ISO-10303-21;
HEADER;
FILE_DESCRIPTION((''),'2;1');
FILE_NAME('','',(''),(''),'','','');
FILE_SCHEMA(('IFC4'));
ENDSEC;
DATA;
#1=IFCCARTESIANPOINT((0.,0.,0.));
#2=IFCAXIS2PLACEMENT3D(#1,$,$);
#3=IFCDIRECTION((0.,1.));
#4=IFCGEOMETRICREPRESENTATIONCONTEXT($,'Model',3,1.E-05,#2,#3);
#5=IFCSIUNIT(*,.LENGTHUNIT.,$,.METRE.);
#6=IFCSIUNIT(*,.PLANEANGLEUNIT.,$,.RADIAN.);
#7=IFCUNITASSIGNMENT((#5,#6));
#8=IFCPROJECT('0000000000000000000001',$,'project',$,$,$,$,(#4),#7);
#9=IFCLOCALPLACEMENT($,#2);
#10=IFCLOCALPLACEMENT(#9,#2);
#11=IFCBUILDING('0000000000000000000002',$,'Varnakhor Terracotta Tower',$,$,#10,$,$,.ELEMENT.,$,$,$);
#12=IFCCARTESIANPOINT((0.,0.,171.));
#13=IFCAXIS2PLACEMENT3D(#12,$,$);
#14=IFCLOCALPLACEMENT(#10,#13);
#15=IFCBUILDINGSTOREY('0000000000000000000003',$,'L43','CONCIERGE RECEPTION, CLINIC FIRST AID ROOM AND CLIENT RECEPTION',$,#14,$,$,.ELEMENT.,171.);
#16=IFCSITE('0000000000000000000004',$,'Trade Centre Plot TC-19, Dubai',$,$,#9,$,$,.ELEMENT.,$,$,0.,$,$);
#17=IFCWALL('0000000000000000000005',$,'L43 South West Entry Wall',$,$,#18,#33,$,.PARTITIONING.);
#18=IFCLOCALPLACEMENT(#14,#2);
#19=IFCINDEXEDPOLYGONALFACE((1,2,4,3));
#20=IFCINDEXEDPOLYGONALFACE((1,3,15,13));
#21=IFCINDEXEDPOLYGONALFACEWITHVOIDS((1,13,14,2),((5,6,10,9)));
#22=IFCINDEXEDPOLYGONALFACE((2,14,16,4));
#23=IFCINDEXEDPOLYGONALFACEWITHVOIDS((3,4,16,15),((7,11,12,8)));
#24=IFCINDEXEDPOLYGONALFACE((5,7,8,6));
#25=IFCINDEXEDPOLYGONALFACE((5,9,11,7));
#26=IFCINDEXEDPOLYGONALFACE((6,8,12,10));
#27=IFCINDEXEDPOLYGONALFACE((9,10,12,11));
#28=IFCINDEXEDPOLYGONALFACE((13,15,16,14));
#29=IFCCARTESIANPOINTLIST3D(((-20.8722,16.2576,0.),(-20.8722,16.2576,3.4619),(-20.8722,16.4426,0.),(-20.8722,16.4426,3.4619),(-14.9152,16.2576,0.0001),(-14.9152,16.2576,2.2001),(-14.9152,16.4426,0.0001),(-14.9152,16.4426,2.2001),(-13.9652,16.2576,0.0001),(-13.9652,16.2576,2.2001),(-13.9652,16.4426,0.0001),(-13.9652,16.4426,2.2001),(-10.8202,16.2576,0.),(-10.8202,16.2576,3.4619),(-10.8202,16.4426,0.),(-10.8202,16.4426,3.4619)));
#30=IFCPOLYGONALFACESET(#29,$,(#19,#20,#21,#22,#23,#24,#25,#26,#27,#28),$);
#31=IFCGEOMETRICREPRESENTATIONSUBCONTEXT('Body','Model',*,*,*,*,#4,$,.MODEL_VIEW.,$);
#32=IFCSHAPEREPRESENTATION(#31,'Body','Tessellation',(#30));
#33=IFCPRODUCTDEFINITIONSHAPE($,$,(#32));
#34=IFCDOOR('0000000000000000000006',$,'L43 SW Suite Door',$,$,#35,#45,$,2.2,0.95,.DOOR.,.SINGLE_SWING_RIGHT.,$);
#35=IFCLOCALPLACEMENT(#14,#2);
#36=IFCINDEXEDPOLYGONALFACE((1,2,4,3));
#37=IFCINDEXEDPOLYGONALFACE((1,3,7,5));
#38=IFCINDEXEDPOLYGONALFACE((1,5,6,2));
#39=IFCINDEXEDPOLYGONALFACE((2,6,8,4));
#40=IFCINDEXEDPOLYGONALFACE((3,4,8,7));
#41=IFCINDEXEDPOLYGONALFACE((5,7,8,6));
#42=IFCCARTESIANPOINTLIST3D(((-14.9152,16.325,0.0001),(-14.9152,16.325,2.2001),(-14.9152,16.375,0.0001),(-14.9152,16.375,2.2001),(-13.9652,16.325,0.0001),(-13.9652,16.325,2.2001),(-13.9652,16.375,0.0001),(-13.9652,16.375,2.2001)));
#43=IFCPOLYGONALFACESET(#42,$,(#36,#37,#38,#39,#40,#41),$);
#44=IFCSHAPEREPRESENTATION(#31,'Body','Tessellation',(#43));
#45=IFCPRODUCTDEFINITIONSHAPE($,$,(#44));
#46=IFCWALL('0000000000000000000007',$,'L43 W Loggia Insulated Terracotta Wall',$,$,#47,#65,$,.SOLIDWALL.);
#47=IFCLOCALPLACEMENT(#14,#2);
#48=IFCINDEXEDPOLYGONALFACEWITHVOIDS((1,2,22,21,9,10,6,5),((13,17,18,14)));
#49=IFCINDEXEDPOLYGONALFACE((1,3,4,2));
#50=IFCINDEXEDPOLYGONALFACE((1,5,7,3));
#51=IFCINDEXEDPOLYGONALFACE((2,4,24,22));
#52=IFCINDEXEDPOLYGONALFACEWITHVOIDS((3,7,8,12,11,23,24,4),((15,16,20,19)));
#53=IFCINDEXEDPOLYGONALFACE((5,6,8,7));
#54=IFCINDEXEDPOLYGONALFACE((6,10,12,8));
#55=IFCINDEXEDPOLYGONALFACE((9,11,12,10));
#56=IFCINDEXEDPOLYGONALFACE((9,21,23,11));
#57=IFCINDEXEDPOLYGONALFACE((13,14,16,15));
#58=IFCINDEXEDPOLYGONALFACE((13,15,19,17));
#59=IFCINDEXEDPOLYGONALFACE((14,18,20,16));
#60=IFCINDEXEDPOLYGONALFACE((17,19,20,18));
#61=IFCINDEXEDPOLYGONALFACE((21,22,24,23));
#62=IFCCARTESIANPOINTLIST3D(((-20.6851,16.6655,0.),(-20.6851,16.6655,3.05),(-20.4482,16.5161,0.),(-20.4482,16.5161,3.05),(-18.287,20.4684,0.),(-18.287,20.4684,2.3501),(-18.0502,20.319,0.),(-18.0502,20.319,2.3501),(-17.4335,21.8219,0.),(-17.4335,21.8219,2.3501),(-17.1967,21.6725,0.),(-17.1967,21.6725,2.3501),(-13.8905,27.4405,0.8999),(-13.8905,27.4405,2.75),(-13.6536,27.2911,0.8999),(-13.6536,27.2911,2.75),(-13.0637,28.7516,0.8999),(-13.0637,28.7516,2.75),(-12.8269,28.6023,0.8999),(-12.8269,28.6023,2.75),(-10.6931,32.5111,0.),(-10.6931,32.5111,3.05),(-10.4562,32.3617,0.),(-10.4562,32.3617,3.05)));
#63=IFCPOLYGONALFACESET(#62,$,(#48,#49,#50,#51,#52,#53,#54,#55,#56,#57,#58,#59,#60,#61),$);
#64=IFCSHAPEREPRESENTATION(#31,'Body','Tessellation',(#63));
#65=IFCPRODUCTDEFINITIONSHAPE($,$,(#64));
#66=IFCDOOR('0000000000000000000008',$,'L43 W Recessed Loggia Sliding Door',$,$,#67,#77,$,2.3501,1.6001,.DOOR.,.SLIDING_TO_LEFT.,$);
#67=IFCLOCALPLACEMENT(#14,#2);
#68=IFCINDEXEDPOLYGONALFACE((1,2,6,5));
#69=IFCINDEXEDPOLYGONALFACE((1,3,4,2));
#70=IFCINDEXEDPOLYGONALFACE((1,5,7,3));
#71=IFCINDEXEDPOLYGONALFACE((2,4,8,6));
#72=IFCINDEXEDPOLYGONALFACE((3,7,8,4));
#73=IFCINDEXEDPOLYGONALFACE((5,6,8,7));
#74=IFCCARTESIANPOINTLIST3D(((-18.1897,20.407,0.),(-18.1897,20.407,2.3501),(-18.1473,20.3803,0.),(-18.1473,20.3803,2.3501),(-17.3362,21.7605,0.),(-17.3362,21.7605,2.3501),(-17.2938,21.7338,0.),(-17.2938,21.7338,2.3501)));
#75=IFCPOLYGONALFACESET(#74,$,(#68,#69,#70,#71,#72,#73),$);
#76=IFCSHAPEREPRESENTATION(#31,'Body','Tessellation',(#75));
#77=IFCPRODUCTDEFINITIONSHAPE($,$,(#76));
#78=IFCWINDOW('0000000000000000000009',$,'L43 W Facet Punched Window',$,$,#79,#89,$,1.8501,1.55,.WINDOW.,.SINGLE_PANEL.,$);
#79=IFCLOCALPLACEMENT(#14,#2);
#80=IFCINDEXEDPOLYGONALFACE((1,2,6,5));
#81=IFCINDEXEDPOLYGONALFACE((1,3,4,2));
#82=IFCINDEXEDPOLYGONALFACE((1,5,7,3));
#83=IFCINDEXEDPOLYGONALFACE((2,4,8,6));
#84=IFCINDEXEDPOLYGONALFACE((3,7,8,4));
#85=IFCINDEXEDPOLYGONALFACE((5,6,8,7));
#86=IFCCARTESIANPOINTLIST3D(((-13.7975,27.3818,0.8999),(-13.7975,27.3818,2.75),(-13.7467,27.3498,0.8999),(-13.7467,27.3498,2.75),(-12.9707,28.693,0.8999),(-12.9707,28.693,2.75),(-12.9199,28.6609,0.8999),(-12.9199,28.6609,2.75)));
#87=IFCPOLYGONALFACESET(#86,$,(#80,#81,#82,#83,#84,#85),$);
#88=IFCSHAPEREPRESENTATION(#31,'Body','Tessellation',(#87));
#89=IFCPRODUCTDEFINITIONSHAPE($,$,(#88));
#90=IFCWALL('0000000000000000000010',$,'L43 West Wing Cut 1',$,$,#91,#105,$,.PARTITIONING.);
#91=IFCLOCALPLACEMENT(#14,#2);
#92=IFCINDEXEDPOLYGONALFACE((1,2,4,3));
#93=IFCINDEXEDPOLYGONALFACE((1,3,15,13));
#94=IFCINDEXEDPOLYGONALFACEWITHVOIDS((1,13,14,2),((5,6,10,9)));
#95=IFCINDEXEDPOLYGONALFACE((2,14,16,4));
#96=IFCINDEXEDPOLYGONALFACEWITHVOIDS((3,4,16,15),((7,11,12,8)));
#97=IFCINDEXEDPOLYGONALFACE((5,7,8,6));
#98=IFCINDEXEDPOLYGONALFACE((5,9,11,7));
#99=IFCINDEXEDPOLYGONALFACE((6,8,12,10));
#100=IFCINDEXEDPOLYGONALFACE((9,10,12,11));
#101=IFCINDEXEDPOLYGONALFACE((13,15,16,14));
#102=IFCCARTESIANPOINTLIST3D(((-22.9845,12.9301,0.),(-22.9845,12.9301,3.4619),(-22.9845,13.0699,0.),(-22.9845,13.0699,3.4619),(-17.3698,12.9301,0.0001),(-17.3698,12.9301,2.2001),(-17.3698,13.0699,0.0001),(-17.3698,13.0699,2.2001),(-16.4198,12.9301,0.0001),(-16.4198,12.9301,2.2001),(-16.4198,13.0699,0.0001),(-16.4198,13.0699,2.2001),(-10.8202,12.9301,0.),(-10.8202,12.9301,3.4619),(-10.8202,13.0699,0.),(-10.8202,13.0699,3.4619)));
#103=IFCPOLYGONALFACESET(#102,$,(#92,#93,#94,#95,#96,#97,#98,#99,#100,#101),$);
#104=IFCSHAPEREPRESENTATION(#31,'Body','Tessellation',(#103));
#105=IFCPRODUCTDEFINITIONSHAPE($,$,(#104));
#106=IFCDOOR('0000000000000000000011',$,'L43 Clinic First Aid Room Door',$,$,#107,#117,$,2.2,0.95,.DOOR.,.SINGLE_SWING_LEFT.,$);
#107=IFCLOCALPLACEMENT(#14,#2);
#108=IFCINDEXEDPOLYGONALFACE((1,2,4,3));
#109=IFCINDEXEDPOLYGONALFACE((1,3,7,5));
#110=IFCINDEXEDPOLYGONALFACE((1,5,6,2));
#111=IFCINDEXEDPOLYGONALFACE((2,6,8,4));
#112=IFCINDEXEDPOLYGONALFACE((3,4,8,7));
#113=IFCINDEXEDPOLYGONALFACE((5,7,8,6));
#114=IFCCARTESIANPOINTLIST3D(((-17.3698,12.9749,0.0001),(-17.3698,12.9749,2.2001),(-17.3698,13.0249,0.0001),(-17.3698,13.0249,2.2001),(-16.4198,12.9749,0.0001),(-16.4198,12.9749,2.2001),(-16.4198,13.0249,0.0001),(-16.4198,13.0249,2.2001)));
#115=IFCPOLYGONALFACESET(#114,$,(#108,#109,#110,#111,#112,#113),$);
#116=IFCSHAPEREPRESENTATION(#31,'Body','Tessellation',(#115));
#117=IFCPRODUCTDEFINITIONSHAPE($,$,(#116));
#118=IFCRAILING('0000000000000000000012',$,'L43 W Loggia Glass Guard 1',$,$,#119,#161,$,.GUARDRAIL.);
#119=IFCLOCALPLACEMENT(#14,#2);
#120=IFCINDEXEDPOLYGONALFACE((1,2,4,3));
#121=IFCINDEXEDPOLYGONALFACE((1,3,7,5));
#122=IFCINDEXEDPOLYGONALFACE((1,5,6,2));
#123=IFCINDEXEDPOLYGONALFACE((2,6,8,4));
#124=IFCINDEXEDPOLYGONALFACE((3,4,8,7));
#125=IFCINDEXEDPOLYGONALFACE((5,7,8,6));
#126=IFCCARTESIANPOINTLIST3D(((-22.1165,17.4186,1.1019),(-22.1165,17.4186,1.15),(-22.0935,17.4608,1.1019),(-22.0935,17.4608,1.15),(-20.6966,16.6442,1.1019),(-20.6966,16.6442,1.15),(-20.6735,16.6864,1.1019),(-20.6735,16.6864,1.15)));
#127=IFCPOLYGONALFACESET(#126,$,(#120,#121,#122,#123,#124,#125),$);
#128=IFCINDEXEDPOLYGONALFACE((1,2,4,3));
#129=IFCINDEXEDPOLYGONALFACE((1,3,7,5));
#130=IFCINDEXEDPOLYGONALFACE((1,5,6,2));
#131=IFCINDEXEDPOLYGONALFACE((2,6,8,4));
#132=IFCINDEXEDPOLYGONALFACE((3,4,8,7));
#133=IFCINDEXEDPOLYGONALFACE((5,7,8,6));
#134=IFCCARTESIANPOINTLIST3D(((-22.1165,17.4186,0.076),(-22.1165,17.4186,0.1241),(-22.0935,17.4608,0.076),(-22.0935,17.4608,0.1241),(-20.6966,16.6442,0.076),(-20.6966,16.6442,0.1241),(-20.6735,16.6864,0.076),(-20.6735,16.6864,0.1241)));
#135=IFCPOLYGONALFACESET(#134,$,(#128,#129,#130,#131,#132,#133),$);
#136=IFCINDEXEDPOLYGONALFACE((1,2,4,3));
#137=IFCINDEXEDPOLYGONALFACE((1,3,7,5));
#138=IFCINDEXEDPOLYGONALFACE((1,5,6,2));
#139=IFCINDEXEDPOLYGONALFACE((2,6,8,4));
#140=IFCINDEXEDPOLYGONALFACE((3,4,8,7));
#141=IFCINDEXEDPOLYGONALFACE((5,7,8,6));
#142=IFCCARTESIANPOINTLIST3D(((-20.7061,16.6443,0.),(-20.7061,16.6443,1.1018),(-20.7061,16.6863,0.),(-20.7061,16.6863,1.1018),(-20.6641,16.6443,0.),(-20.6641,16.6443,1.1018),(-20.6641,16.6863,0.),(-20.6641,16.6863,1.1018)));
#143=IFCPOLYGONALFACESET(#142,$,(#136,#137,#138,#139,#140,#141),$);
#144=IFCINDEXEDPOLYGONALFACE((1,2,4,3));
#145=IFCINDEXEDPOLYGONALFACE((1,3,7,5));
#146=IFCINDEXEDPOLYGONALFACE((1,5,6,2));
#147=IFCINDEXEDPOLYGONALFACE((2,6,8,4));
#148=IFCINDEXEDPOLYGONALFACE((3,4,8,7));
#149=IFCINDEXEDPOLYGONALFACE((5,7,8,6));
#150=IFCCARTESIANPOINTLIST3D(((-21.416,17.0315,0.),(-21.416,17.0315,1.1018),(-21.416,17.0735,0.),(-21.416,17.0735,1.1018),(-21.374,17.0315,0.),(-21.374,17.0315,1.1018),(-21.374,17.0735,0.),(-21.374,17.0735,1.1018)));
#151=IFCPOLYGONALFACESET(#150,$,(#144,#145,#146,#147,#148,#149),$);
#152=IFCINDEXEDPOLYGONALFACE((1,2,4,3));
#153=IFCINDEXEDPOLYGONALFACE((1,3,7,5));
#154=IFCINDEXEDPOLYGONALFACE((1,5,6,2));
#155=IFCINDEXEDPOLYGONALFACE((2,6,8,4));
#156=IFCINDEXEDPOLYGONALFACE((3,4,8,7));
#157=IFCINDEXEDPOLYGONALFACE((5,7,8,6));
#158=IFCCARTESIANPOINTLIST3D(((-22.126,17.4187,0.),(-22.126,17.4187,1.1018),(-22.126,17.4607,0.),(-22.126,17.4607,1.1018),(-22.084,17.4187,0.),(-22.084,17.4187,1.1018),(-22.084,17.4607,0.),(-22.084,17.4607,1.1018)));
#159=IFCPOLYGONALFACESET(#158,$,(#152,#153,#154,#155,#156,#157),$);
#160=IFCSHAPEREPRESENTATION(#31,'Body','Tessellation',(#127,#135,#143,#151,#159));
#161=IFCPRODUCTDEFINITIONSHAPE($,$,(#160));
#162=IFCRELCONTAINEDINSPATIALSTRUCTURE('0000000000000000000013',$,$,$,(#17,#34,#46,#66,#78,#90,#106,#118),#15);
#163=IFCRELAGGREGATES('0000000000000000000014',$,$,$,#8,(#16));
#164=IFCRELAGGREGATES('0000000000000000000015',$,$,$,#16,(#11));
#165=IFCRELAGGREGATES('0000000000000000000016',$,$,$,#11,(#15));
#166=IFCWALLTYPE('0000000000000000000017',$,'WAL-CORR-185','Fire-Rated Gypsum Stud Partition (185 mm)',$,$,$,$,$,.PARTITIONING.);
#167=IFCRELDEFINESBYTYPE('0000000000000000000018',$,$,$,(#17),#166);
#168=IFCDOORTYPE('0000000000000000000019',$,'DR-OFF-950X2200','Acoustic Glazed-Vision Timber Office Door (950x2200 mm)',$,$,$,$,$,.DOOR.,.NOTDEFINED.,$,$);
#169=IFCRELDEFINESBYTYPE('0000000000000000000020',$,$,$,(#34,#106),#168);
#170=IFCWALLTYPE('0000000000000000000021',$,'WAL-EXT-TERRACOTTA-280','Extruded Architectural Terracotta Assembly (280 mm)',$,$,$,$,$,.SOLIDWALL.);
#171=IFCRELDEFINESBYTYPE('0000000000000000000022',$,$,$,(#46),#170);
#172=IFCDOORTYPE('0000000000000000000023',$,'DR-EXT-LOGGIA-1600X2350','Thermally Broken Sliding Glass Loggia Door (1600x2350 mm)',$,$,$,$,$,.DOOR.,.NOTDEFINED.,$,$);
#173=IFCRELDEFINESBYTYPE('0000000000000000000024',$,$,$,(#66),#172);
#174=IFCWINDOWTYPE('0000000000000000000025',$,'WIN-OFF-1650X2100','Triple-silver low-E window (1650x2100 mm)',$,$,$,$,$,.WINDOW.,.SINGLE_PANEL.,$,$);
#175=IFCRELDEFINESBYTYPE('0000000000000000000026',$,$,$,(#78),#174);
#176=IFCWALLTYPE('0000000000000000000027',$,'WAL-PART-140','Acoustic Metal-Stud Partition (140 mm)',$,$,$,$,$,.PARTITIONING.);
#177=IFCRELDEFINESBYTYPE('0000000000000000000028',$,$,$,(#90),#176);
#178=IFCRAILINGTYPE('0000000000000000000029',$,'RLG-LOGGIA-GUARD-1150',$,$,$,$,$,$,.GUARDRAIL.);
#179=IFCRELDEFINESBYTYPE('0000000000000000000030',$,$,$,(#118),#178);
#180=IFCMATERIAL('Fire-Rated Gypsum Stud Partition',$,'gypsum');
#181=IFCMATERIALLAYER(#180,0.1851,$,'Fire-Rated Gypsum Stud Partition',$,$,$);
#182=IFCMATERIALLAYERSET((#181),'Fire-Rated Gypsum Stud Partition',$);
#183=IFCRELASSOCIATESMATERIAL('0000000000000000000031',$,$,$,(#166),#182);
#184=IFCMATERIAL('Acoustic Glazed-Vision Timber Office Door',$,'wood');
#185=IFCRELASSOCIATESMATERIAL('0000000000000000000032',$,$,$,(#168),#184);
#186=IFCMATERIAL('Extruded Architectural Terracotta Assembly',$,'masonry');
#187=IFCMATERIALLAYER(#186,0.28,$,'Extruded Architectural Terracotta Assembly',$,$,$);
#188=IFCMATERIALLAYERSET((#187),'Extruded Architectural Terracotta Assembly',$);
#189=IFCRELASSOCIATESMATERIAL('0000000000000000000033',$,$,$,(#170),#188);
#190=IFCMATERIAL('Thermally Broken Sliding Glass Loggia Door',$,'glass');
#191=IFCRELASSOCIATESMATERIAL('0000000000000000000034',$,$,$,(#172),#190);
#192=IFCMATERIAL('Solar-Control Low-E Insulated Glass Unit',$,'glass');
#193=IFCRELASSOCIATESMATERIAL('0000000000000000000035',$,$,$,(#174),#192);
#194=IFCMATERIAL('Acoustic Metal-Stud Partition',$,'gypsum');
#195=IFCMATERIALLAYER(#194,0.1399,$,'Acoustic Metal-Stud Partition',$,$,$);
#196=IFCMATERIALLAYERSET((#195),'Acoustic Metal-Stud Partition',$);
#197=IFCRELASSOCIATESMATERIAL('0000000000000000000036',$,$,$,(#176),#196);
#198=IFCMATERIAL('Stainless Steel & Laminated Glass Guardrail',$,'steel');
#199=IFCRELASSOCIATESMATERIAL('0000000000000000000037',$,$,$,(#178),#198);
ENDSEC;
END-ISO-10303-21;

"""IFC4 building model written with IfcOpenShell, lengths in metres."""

from ifc_helpers import new_model, si_unit, direction, frame, frame_2d, origin, origin_2d, place, context, subcontext, project, spatial, rectangle, extrude, source, transform, mapped, material, layer, layer_set, type_object, type_shapes, element, fill, save


model = new_model("IFC4")

# Units and contexts
model_context = context("Model", 3, precision=1e-05, world=origin(), true_north=direction((0.0, 1.0)))
body_context = subcontext(model_context, "Body", "Model", "MODEL_VIEW")
ifc_project = project(units=[si_unit("LENGTHUNIT", "METRE"), si_unit("PLANEANGLEUNIT", "RADIAN")], contexts=[model_context])

# Site, building, storey
site_placement = place(None, origin())
site = spatial("IfcSite", under=ifc_project, at=site_placement, Name="Trade Centre Plot TC-19, Dubai", CompositionType="ELEMENT", RefElevation=0.0)
building_placement = place(site_placement, origin())
building = spatial("IfcBuilding", under=site, at=building_placement, Name="Varnakhor Terracotta Tower", CompositionType="ELEMENT")
storey_placement = place(building_placement, frame((0.0, 0.0, 171.0)))
storey = spatial("IfcBuildingStorey", under=building, at=storey_placement, Name="L43", Description="CONCIERGE RECEPTION, CLINIC FIRST AID ROOM AND CLIENT RECEPTION", CompositionType="ELEMENT", Elevation=171.0)

# Wall, opening, door
ifc_material_1 = material(Name="Fire-Rated Gypsum Stud Partition", Category="gypsum")
ifc_layer_1 = layer(ifc_material_1, 0.1851, Name="Fire-Rated Gypsum Stud Partition")
ifc_layer_set_1 = layer_set([ifc_layer_1], Name="Fire-Rated Gypsum Stud Partition")
wall_type_1 = type_object("IfcWallType", Name="WAL-CORR-185", Description="Fire-Rated Gypsum Stud Partition (185 mm)", PredefinedType="PARTITIONING", material=ifc_layer_set_1)
wall_1_placement = place(storey_placement, frame((-20.8721, 16.3501, 0.0), z_axis=(0.0, 0.0, 1.0), x_axis=(1.0, 0.0, 0.0)))
wall_1 = element("IfcWall", 1, at=wall_1_placement, inside=storey, type_object=wall_type_1, Name="L43 South West Entry Wall", PredefinedType="PARTITIONING", context=body_context, shape_type="SweptSolid", body=[
    extrude(rectangle(XDim=10.052, YDim=0.1851, at=frame_2d((5.0259, 0.0))), origin(), (0.0, 0.0, 1.0), 3.4619),
])
opening_1_placement = place(wall_1_placement, frame((5.9568, 0.0, 0.0)))
opening_1 = element("IfcOpeningElement", 2, at=opening_1_placement, cuts=wall_1, PredefinedType="OPENING", context=body_context, shape_type="SweptSolid", body=[
    extrude(rectangle(XDim=0.95, YDim=2.2, at=frame_2d((0.4751, 1.1001))), frame((0.0, 0.1025, 0.0), z_axis=(0.0, -1.0, 0.0), x_axis=(1.0, 0.0, 0.0)), (0.0, 0.0, 1.0), 0.2051),
])
ifc_material_2 = material(Name="Acoustic Glazed-Vision Timber Office Door", Category="wood")
door_type_1 = type_object("IfcDoorType", Name="DR-OFF-950X2200", Description="Acoustic Glazed-Vision Timber Office Door (950x2200 mm)", OperationType="NOTDEFINED", PredefinedType="DOOR", material=ifc_material_2)
shared_shape_1 = source(origin(), body_context, "Body", "SweptSolid", [
    extrude(rectangle(XDim=0.95, YDim=2.2, at=frame_2d((0.4751, 1.1001))), frame((0.0, 0.0249, 0.0), z_axis=(0.0, -1.0, 0.0), x_axis=(1.0, 0.0, 0.0)), (0.0, 0.0, 1.0), 0.05),
])
type_shapes(door_type_1, [shared_shape_1])
door_1_placement = place(opening_1_placement, origin())
door_1 = element("IfcDoor", 3, at=door_1_placement, inside=storey, type_object=door_type_1, Name="L43 SW Suite Door", OperationType="SINGLE_SWING_RIGHT", OverallHeight=2.2, OverallWidth=0.95, PredefinedType="DOOR", context=body_context, shape_type="MappedRepresentation", body=[
    mapped(shared_shape_1, transform((0.0, 0.0, 0.0), scale=1.0)),
])
fill(opening_1, door_1)

# Wall, openings, door, window
ifc_material_3 = material(Name="Extruded Architectural Terracotta Assembly", Category="masonry")
ifc_layer_2 = layer(ifc_material_3, 0.28, Name="Extruded Architectural Terracotta Assembly")
ifc_layer_set_2 = layer_set([ifc_layer_2], Name="Extruded Architectural Terracotta Assembly")
wall_type_2 = type_object("IfcWallType", Name="WAL-EXT-TERRACOTTA-280", Description="Extruded Architectural Terracotta Assembly (280 mm)", PredefinedType="SOLIDWALL", material=ifc_layer_set_2)
wall_2_placement = place(storey_placement, frame((-20.5667, 16.5908, 0.0), z_axis=(0.0, 0.0, 1.0), x_axis=(0.533393, 0.845867, 0.0)))
wall_2 = element("IfcWall", 4, at=wall_2_placement, inside=storey, type_object=wall_type_2, Name="L43 W Loggia Insulated Terracotta Wall", PredefinedType="SOLIDWALL", context=body_context, shape_type="SweptSolid", body=[
    extrude(rectangle(XDim=18.7329, YDim=0.28, at=frame_2d((9.3665, 0.0))), origin(), (0.0, 0.0, 1.0), 3.05),
])
opening_2_placement = place(wall_2_placement, frame((4.4958, 0.0, 0.0)))
opening_2 = element("IfcOpeningElement", 5, at=opening_2_placement, cuts=wall_2, PredefinedType="OPENING", context=body_context, shape_type="SweptSolid", body=[
    extrude(rectangle(XDim=1.6001, YDim=2.3501, at=frame_2d((0.8, 1.175))), frame((0.0, 0.1499, 0.0), z_axis=(0.0, -1.0, 0.0), x_axis=(1.0, 0.0, 0.0)), (0.0, 0.0, 1.0), 0.3),
])
opening_3_placement = place(wall_2_placement, frame((12.7385, 0.0, 0.8999)))
opening_3 = element("IfcOpeningElement", 6, at=opening_3_placement, cuts=wall_2, PredefinedType="OPENING", context=body_context, shape_type="SweptSolid", body=[
    extrude(rectangle(XDim=1.55, YDim=1.8501, at=frame_2d((0.7749, 0.925))), frame((0.0, 0.1499, 0.0), z_axis=(0.0, -1.0, 0.0), x_axis=(1.0, 0.0, 0.0)), (0.0, 0.0, 1.0), 0.3),
])
ifc_material_4 = material(Name="Thermally Broken Sliding Glass Loggia Door", Category="glass")
door_type_2 = type_object("IfcDoorType", Name="DR-EXT-LOGGIA-1600X2350", Description="Thermally Broken Sliding Glass Loggia Door (1600x2350 mm)", OperationType="NOTDEFINED", PredefinedType="DOOR", material=ifc_material_4)
shared_shape_2 = source(origin(), body_context, "Body", "SweptSolid", [
    extrude(rectangle(XDim=1.6001, YDim=2.3501, at=frame_2d((0.8, 1.175))), frame((0.0, 0.0249, 0.0), z_axis=(0.0, -1.0, 0.0), x_axis=(1.0, 0.0, 0.0)), (0.0, 0.0, 1.0), 0.05),
])
type_shapes(door_type_2, [shared_shape_2])
door_2_placement = place(opening_2_placement, origin())
door_2 = element("IfcDoor", 7, at=door_2_placement, inside=storey, type_object=door_type_2, Name="L43 W Recessed Loggia Sliding Door", OperationType="SLIDING_TO_LEFT", OverallHeight=2.3501, OverallWidth=1.6001, PredefinedType="DOOR", context=body_context, shape_type="MappedRepresentation", body=[
    mapped(shared_shape_2, transform((0.0, 0.0, 0.0), scale=1.0)),
])
fill(opening_2, door_2)
ifc_material_5 = material(Name="Solar-Control Low-E Insulated Glass Unit", Category="glass")
window_type = type_object("IfcWindowType", Name="WIN-OFF-1650X2100", Description="Triple-silver low-E window (1650x2100 mm)", PartitioningType="SINGLE_PANEL", PredefinedType="WINDOW", material=ifc_material_5)
shared_shape_3 = source(origin(), body_context, "Body", "SweptSolid", [
    extrude(rectangle(XDim=1.55, YDim=1.8501, at=frame_2d((0.7749, 0.925))), frame((0.0, 0.03, 0.0), z_axis=(0.0, -1.0, 0.0), x_axis=(1.0, 0.0, 0.0)), (0.0, 0.0, 1.0), 0.0601),
])
type_shapes(window_type, [shared_shape_3])
window_placement = place(opening_3_placement, origin())
window = element("IfcWindow", 8, at=window_placement, inside=storey, type_object=window_type, Name="L43 W Facet Punched Window", OverallHeight=1.8501, OverallWidth=1.55, PartitioningType="SINGLE_PANEL", PredefinedType="WINDOW", context=body_context, shape_type="MappedRepresentation", body=[
    mapped(shared_shape_3, transform((0.0, 0.0, 0.0), scale=1.0)),
])
fill(opening_3, window)

# Wall, opening, door
ifc_material_6 = material(Name="Acoustic Metal-Stud Partition", Category="gypsum")
ifc_layer_3 = layer(ifc_material_6, 0.1399, Name="Acoustic Metal-Stud Partition")
ifc_layer_set_3 = layer_set([ifc_layer_3], Name="Acoustic Metal-Stud Partition")
wall_type_3 = type_object("IfcWallType", Name="WAL-PART-140", Description="Acoustic Metal-Stud Partition (140 mm)", PredefinedType="PARTITIONING", material=ifc_layer_set_3)
wall_3_placement = place(storey_placement, frame((-22.9844, 13.0, 0.0), z_axis=(0.0, 0.0, 1.0), x_axis=(1.0, 0.0, 0.0)))
wall_3 = element("IfcWall", 9, at=wall_3_placement, inside=storey, type_object=wall_type_3, Name="L43 West Wing Cut 1", PredefinedType="PARTITIONING", context=body_context, shape_type="SweptSolid", body=[
    extrude(rectangle(XDim=12.1643, YDim=0.1399, at=frame_2d((6.082, 0.0))), origin(), (0.0, 0.0, 1.0), 3.4619),
])
opening_4_placement = place(wall_3_placement, frame((5.6145, 0.0, 0.0)))
opening_4 = element("IfcOpeningElement", 10, at=opening_4_placement, cuts=wall_3, PredefinedType="OPENING", context=body_context, shape_type="SweptSolid", body=[
    extrude(rectangle(XDim=0.95, YDim=2.2, at=frame_2d((0.4751, 1.1001))), frame((0.0, 0.0801, 0.0), z_axis=(0.0, -1.0, 0.0), x_axis=(1.0, 0.0, 0.0)), (0.0, 0.0, 1.0), 0.1599),
])
door_3_placement = place(opening_4_placement, origin())
door_3 = element("IfcDoor", 11, at=door_3_placement, inside=storey, type_object=door_type_1, Name="L43 Clinic First Aid Room Door", OperationType="SINGLE_SWING_LEFT", OverallHeight=2.2, OverallWidth=0.95, PredefinedType="DOOR", context=body_context, shape_type="MappedRepresentation", body=[
    mapped(shared_shape_1, transform((0.0, 0.0, 0.0), scale=1.0)),
])
fill(opening_4, door_3)

# Railing
ifc_material_7 = material(Name="Stainless Steel & Laminated Glass Guardrail", Category="steel")
railing_type = type_object("IfcRailingType", Name="RLG-LOGGIA-GUARD-1150", PredefinedType="GUARDRAIL", material=ifc_material_7)
railing_1_placement = place(storey_placement, frame((-20.6851, 16.6653, 0.0)))
element("IfcRailing", 12, at=railing_1_placement, inside=storey, type_object=railing_type, Name="L43 W Loggia Glass Guard 1", PredefinedType="GUARDRAIL", context=body_context, shape_type="SweptSolid", body=[
    extrude(rectangle(XDim=0.0481, YDim=0.0481, at=origin_2d()), frame((0.0, 0.0, 1.126), z_axis=(-0.877919, 0.47881, 0.0), x_axis=(-0.47881, -0.877919, 0.0)), (0.0, 0.0, 1.0), 1.6174),
    extrude(rectangle(XDim=0.0481, YDim=0.0481, at=origin_2d()), frame((0.0, 0.0, 0.1001), z_axis=(-0.877919, 0.47881, 0.0), x_axis=(-0.47881, -0.877919, 0.0)), (0.0, 0.0, 1.0), 1.6174),
    extrude(rectangle(XDim=0.042, YDim=0.042, at=origin_2d()), origin(), (0.0, 0.0, 1.0), 1.1018),
    extrude(rectangle(XDim=0.042, YDim=0.042, at=origin_2d()), frame((-0.71, 0.3872, 0.0)), (0.0, 0.0, 1.0), 1.1018),
    extrude(rectangle(XDim=0.042, YDim=0.042, at=origin_2d()), frame((-1.4199, 0.7744, 0.0)), (0.0, 0.0, 1.0), 1.1018),
])

save(model, "model.ifc")
